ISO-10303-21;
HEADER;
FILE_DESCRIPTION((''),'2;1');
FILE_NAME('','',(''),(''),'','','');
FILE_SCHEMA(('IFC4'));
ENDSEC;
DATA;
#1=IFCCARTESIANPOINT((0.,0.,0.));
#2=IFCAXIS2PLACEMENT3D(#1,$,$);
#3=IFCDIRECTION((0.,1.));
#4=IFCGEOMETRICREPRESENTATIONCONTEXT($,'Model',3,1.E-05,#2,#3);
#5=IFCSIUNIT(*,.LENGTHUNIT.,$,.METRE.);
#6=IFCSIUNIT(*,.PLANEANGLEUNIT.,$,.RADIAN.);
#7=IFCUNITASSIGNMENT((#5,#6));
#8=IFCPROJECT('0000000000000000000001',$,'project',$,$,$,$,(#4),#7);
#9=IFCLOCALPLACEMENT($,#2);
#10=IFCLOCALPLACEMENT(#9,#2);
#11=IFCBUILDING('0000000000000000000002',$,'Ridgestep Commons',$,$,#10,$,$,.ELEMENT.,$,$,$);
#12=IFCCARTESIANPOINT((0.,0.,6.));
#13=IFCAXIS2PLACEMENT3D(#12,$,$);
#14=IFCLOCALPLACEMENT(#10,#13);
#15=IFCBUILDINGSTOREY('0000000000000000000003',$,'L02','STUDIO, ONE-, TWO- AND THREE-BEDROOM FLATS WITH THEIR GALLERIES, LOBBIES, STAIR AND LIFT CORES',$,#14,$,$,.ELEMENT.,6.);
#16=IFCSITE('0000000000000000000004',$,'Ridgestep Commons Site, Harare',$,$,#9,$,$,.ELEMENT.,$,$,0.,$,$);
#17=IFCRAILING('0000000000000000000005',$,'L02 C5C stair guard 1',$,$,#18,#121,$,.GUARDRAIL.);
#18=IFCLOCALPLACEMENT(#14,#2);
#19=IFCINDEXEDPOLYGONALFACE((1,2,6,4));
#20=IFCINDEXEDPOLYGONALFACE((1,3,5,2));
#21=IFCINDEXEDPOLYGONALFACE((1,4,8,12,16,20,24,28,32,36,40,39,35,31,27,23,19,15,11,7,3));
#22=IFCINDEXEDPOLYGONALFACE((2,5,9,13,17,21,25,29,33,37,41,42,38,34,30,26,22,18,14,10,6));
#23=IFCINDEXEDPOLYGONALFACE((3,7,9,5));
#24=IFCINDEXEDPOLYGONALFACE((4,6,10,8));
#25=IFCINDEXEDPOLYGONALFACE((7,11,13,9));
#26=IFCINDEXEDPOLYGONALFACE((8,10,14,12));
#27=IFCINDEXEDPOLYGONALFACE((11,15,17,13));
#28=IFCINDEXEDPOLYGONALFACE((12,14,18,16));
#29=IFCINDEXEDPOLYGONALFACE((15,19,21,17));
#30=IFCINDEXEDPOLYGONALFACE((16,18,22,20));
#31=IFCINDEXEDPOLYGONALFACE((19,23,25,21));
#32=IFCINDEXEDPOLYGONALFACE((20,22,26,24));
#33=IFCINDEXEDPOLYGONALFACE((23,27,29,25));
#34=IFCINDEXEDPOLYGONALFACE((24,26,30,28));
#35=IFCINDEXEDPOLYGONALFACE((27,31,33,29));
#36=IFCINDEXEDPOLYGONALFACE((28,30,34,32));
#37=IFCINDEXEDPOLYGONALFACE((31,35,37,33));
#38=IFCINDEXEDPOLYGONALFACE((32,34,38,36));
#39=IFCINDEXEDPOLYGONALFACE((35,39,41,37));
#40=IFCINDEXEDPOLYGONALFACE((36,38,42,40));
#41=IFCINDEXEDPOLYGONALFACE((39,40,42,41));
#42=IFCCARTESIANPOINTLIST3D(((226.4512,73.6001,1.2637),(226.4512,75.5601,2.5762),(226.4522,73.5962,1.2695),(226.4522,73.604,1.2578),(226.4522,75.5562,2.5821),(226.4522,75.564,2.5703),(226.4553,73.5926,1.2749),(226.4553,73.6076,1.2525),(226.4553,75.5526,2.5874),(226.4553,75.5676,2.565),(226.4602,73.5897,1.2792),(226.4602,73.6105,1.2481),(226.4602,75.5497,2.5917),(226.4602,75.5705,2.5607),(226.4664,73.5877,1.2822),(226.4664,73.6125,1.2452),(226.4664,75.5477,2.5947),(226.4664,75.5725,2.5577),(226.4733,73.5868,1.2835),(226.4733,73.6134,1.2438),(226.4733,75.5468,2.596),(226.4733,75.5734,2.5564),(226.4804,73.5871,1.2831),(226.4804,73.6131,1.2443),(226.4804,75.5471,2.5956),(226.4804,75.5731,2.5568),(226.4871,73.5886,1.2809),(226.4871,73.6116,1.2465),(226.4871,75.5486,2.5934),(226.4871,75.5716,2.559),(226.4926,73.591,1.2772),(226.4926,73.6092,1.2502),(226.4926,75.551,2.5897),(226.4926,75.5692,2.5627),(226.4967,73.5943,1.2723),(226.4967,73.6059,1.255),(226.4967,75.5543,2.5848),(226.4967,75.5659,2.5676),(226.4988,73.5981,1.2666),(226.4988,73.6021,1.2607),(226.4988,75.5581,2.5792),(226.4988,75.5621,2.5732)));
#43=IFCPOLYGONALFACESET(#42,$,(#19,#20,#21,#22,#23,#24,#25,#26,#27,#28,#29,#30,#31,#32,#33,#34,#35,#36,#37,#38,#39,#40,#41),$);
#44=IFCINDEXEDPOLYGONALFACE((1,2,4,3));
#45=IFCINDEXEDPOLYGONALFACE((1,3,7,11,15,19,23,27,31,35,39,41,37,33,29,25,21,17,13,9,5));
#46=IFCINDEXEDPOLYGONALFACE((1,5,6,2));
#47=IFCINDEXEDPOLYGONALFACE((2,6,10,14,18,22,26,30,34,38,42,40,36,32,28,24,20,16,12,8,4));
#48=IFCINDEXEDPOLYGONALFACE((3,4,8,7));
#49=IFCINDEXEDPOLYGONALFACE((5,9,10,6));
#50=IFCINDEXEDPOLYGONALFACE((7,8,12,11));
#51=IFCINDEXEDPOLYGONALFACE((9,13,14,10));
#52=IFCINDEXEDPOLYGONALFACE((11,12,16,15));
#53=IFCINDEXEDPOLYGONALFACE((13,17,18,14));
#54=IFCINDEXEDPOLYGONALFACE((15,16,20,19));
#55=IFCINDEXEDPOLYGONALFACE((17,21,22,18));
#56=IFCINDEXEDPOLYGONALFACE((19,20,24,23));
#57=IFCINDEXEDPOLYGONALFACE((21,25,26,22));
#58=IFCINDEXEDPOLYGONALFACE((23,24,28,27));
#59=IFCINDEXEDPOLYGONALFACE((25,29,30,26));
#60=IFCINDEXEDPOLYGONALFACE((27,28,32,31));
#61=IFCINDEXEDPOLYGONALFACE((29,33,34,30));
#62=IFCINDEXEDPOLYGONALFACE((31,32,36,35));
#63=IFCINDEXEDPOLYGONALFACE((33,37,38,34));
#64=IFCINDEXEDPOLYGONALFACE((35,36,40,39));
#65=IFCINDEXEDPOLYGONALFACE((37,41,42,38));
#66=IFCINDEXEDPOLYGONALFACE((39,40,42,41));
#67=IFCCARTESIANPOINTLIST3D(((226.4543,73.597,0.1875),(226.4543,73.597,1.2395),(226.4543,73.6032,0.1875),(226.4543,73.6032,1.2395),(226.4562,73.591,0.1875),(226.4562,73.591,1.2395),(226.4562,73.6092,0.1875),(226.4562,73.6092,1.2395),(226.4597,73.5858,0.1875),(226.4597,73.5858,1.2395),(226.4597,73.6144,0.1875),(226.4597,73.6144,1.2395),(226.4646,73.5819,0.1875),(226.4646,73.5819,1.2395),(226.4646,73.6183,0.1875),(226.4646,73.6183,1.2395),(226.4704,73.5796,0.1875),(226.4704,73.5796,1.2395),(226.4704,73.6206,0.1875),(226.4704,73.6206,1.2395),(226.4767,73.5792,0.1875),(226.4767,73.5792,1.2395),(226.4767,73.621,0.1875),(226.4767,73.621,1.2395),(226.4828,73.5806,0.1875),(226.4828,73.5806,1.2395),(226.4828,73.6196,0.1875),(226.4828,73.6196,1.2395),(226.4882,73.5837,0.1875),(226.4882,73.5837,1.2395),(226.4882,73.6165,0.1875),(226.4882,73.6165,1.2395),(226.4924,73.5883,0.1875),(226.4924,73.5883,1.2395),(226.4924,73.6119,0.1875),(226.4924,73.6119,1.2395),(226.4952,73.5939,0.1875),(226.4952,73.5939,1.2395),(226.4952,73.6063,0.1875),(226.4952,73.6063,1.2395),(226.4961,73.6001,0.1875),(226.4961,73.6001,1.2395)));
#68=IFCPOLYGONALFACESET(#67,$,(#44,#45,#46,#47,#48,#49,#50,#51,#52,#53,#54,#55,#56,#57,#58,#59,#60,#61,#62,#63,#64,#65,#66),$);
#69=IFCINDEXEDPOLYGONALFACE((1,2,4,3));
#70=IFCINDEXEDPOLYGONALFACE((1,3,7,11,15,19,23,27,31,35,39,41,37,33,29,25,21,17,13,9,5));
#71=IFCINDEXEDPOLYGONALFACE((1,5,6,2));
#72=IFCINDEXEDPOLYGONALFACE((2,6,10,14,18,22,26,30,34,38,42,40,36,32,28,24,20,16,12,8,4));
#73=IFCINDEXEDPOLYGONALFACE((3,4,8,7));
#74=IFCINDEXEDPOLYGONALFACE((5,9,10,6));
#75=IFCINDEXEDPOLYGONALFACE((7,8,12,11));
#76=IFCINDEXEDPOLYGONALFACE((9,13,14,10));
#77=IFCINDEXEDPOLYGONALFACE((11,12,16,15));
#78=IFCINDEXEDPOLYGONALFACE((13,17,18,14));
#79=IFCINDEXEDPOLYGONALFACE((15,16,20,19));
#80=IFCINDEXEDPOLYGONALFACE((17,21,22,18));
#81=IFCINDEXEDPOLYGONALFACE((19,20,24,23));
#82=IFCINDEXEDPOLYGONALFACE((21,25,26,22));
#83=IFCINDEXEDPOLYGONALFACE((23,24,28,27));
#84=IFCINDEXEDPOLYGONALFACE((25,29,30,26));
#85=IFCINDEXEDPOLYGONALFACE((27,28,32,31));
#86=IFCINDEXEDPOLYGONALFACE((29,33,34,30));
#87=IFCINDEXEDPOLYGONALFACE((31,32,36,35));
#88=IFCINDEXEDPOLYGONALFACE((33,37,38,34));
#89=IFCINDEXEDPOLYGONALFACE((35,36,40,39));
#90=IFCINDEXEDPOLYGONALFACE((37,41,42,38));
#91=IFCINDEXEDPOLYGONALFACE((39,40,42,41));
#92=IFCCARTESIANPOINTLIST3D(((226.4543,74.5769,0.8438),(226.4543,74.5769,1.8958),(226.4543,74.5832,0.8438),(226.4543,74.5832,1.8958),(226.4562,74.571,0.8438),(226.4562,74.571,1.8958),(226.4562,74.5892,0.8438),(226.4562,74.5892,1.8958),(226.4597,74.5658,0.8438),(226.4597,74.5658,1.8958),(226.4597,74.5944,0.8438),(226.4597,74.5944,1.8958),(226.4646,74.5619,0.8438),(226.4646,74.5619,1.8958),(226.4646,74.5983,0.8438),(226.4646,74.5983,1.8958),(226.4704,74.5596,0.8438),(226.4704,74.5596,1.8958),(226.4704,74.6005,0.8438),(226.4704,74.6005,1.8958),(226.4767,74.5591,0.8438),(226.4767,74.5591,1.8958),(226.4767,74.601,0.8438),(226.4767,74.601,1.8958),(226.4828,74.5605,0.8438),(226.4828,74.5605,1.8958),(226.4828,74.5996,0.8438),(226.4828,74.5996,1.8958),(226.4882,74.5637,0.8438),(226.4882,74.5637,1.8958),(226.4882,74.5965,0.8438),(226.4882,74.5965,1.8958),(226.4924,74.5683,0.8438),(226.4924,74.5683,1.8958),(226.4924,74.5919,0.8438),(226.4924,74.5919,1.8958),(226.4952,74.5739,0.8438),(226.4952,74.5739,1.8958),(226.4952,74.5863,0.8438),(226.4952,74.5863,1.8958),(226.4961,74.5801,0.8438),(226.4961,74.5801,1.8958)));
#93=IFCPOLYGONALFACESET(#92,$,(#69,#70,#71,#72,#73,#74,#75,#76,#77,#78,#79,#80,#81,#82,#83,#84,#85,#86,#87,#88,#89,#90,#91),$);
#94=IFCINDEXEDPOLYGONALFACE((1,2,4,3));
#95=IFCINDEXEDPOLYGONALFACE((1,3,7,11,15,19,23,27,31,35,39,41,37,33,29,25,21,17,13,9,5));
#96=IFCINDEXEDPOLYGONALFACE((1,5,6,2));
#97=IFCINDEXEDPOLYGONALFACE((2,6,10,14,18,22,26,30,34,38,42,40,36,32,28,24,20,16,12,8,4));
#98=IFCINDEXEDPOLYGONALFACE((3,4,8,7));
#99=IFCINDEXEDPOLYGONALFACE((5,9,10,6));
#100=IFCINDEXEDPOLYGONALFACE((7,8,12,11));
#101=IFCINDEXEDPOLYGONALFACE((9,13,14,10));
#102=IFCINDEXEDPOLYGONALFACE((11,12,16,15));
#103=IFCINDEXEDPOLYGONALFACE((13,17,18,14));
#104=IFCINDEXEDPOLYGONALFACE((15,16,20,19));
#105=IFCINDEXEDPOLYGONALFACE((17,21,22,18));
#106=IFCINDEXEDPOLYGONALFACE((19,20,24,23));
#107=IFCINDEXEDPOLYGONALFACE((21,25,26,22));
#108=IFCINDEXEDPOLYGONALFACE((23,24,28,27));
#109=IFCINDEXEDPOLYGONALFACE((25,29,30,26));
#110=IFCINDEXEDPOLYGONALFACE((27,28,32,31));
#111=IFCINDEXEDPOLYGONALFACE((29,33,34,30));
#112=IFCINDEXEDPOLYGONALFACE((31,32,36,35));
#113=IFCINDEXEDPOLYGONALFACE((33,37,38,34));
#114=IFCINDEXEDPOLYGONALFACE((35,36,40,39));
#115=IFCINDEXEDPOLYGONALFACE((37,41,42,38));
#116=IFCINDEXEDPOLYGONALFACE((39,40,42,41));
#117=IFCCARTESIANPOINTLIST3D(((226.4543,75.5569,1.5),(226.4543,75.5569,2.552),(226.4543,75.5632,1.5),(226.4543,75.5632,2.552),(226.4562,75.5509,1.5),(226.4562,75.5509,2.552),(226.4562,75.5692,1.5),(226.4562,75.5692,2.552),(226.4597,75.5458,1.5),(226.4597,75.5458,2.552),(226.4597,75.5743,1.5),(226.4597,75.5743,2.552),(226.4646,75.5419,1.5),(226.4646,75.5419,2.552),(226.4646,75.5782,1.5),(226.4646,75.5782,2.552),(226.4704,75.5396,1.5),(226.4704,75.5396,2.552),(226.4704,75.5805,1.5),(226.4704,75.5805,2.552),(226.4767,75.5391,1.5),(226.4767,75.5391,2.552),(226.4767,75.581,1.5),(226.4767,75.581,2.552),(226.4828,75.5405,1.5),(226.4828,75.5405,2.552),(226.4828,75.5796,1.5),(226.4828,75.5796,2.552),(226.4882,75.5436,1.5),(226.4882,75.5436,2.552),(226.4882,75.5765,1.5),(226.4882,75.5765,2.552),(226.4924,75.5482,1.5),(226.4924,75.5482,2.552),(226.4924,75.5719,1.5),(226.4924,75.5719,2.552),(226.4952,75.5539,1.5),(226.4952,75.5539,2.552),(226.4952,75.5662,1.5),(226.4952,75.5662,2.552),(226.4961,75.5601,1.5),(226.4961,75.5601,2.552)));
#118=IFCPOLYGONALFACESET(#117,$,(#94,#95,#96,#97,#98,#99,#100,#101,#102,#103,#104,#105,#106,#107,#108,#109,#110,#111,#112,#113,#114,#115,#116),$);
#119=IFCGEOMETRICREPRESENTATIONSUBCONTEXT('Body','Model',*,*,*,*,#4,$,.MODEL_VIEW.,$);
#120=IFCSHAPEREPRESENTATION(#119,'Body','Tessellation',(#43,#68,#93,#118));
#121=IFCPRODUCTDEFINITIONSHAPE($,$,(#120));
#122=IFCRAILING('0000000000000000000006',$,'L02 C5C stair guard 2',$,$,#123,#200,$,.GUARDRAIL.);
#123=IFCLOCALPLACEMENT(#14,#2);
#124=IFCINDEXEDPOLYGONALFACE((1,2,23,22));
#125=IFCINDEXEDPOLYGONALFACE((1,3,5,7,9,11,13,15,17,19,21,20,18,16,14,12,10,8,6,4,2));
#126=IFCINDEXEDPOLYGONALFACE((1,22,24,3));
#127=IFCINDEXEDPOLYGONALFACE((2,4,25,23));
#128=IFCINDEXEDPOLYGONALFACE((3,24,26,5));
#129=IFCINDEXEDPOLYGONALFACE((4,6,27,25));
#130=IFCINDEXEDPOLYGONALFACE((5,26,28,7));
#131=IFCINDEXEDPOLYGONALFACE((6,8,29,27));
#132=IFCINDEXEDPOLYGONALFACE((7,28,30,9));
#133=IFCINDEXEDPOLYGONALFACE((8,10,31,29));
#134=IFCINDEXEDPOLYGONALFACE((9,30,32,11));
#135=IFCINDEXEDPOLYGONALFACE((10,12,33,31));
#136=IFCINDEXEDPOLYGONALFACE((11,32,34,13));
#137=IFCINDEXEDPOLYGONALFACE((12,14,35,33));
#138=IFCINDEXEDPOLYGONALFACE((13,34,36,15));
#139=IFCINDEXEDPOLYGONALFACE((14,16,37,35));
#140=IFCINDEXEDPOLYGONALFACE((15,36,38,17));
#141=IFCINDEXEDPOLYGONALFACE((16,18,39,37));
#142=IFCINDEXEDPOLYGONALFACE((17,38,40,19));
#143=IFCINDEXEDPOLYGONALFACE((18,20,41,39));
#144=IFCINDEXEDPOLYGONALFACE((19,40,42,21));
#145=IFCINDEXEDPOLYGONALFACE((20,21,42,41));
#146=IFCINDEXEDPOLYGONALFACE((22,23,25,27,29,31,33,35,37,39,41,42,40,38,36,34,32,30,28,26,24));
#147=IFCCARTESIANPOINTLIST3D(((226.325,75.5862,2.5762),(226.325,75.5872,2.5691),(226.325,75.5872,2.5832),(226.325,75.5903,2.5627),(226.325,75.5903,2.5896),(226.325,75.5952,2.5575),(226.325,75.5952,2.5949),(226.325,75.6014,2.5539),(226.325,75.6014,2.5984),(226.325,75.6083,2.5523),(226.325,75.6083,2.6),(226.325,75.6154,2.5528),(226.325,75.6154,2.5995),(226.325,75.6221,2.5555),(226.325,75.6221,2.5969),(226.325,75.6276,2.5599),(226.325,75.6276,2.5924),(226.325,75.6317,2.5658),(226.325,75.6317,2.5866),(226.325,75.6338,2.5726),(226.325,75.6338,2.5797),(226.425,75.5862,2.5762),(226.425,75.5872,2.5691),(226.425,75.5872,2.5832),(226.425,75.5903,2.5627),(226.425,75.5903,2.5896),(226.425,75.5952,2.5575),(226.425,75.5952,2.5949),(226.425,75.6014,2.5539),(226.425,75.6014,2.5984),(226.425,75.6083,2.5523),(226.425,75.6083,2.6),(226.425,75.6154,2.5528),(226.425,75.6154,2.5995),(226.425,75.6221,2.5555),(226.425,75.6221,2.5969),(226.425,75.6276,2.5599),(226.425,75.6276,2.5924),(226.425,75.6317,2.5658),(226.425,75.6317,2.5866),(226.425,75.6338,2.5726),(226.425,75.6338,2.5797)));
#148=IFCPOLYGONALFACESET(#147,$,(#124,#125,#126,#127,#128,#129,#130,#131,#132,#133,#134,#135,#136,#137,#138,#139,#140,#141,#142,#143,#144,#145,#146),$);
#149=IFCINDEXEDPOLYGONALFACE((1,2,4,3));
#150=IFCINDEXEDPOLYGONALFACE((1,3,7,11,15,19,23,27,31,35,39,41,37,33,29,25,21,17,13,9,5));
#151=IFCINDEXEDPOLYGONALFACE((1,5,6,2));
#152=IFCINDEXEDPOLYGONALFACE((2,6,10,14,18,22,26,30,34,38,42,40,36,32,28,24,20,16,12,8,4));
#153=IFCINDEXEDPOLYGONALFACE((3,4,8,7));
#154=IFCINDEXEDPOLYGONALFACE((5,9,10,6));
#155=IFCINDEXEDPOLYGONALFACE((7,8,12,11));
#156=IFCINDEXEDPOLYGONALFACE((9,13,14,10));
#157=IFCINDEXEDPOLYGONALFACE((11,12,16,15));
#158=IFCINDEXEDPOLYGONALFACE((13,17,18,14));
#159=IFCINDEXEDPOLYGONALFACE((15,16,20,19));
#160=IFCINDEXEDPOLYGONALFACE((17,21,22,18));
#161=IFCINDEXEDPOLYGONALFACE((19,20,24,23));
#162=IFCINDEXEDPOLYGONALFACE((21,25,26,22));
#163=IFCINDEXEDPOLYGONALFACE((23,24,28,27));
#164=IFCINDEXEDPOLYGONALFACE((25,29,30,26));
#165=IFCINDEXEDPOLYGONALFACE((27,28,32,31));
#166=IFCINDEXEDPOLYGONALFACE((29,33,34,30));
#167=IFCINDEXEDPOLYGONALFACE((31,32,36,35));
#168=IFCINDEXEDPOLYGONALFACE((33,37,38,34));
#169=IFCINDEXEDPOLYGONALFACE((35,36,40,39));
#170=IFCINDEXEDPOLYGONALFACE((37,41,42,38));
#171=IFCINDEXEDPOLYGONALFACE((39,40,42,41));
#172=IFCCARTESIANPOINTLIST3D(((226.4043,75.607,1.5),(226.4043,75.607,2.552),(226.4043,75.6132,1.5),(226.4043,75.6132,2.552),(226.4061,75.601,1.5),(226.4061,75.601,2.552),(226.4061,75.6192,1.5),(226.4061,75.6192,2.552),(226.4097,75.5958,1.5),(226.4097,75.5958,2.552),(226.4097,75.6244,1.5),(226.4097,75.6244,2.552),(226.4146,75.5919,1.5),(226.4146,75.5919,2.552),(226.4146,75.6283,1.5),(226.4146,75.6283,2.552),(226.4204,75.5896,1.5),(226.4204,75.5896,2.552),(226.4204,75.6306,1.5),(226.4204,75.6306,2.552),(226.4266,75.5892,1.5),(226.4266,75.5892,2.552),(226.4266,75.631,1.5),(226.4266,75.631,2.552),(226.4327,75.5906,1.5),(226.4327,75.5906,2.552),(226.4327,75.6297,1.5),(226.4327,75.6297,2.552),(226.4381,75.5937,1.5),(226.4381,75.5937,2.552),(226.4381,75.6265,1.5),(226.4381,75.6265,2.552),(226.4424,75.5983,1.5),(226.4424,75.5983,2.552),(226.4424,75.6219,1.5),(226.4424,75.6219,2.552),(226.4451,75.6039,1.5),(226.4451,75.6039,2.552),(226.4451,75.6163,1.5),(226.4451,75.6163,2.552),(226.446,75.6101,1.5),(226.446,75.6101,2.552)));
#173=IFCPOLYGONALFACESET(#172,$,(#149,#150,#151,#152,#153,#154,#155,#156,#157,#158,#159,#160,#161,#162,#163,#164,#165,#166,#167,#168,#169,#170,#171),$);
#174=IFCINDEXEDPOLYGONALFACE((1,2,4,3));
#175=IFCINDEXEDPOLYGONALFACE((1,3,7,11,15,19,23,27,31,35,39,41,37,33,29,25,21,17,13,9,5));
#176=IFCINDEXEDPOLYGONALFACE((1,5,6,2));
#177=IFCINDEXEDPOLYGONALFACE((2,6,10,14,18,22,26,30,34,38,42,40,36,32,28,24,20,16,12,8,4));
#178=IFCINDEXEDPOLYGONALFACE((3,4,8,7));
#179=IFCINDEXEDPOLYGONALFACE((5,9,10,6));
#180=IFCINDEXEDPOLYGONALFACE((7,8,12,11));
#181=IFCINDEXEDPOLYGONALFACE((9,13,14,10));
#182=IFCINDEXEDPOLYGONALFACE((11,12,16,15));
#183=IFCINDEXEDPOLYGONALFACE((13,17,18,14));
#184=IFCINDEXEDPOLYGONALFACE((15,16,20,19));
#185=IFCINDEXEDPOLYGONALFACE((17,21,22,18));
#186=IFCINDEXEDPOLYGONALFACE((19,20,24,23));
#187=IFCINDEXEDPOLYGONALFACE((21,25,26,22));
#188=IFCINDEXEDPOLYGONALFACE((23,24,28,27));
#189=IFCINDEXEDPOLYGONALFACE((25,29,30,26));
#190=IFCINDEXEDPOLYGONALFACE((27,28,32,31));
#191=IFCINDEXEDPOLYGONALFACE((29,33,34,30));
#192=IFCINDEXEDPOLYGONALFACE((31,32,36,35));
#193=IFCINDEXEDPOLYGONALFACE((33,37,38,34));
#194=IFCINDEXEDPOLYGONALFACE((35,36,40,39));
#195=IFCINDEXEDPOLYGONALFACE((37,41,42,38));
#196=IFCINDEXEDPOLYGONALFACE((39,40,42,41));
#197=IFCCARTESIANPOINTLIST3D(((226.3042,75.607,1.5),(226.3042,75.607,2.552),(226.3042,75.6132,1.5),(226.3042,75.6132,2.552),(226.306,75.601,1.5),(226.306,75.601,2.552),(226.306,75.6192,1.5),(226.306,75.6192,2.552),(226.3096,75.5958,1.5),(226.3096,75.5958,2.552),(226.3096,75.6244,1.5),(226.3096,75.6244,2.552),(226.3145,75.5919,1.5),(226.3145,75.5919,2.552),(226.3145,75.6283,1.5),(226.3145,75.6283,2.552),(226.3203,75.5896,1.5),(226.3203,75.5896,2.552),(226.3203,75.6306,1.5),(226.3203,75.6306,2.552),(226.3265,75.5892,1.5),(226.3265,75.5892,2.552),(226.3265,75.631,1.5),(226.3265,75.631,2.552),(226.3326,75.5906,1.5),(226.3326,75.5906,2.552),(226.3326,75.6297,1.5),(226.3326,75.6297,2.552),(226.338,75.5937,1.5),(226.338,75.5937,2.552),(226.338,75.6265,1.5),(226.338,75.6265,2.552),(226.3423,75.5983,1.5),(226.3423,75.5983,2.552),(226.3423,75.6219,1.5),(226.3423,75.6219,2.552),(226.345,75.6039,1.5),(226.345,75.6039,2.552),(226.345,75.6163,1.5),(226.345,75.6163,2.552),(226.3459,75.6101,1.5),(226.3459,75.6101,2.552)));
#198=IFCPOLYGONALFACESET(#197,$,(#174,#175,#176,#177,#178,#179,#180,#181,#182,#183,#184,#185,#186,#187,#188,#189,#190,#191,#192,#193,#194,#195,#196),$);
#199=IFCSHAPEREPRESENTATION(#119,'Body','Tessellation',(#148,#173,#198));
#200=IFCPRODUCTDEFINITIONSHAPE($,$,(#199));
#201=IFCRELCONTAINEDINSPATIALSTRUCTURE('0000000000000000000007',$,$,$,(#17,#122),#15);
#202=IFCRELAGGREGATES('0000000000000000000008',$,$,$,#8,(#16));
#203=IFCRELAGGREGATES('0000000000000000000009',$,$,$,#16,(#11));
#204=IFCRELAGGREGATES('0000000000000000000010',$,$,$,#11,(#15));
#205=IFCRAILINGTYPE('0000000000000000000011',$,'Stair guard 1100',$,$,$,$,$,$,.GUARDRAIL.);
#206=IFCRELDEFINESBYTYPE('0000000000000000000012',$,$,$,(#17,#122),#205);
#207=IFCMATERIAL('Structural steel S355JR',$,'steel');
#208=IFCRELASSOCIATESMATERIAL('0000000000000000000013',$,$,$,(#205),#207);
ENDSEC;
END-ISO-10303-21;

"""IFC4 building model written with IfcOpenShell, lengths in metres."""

from ifc_helpers import new_model, si_unit, direction, frame, origin, origin_2d, place, context, subcontext, project, spatial, circle, extrude, material, type_object, element, save


model = new_model("IFC4")

# Units and contexts
model_context = context("Model", 3, precision=1e-05, world=origin(), true_north=direction((0.0, 1.0)))
body_context = subcontext(model_context, "Body", "Model", "MODEL_VIEW")
ifc_project = project(units=[si_unit("LENGTHUNIT", "METRE"), si_unit("PLANEANGLEUNIT", "RADIAN")], contexts=[model_context])

# Site, building, storey
site_placement = place(None, origin())
site = spatial("IfcSite", under=ifc_project, at=site_placement, Name="Ridgestep Commons Site, Harare", CompositionType="ELEMENT", RefElevation=0.0)
building_placement = place(site_placement, origin())
building = spatial("IfcBuilding", under=site, at=building_placement, Name="Ridgestep Commons", CompositionType="ELEMENT")
storey_placement = place(building_placement, frame((0.0, 0.0, 6.0)))
storey = spatial("IfcBuildingStorey", under=building, at=storey_placement, Name="L02", Description="STUDIO, ONE-, TWO- AND THREE-BEDROOM FLATS WITH THEIR GALLERIES, LOBBIES, STAIR AND LIFT CORES", CompositionType="ELEMENT", Elevation=6.0)

# Railings
ifc_material_1 = material(Name="Structural steel S355JR", Category="steel")
railing_type_1 = type_object("IfcRailingType", Name="Stair guard 1100", PredefinedType="GUARDRAIL", material=ifc_material_1)
railing_1_placement = place(storey_placement, frame((226.4751, 73.6001, 0.1875)))
element("IfcRailing", 1, at=railing_1_placement, inside=storey, type_object=railing_type_1, Name="L02 C5C stair guard 1", PredefinedType="GUARDRAIL", context=body_context, shape_type="SweptSolid", body=[
    extrude(circle(Radius=0.0239, at=origin_2d()), frame((0.0, 0.0, 1.0762), z_axis=(0.0, 0.830902, 0.556419), x_axis=(-1.0, 0.0, 0.0)), (0.0, 0.0, 1.0), 2.3589),
    extrude(circle(Radius=0.021, at=origin_2d()), origin(), (0.0, 0.0, 1.0), 1.052),
    extrude(circle(Radius=0.021, at=origin_2d()), frame((0.0, 0.98, 0.6562)), (0.0, 0.0, 1.0), 1.052),
    extrude(circle(Radius=0.021, at=origin_2d()), frame((0.0, 1.96, 1.3125)), (0.0, 0.0, 1.0), 1.052),
])
railing_2_placement = place(storey_placement, frame((226.425, 75.6101, 1.5)))
element("IfcRailing", 2, at=railing_2_placement, inside=storey, type_object=railing_type_1, Name="L02 C5C stair guard 2", PredefinedType="GUARDRAIL", context=body_context, shape_type="SweptSolid", body=[
    extrude(circle(Radius=0.0239, at=origin_2d()), frame((0.0, 0.0, 1.0762), z_axis=(-1.0, 0.0, 0.0), x_axis=(0.0, -1.0, 0.0)), (0.0, 0.0, 1.0), 0.1001),
    extrude(circle(Radius=0.021, at=origin_2d()), origin(), (0.0, 0.0, 1.0), 1.052),
    extrude(circle(Radius=0.021, at=origin_2d()), frame((-0.1001, 0.0, 0.0)), (0.0, 0.0, 1.0), 1.052),
])

save(model, "model.ifc")
